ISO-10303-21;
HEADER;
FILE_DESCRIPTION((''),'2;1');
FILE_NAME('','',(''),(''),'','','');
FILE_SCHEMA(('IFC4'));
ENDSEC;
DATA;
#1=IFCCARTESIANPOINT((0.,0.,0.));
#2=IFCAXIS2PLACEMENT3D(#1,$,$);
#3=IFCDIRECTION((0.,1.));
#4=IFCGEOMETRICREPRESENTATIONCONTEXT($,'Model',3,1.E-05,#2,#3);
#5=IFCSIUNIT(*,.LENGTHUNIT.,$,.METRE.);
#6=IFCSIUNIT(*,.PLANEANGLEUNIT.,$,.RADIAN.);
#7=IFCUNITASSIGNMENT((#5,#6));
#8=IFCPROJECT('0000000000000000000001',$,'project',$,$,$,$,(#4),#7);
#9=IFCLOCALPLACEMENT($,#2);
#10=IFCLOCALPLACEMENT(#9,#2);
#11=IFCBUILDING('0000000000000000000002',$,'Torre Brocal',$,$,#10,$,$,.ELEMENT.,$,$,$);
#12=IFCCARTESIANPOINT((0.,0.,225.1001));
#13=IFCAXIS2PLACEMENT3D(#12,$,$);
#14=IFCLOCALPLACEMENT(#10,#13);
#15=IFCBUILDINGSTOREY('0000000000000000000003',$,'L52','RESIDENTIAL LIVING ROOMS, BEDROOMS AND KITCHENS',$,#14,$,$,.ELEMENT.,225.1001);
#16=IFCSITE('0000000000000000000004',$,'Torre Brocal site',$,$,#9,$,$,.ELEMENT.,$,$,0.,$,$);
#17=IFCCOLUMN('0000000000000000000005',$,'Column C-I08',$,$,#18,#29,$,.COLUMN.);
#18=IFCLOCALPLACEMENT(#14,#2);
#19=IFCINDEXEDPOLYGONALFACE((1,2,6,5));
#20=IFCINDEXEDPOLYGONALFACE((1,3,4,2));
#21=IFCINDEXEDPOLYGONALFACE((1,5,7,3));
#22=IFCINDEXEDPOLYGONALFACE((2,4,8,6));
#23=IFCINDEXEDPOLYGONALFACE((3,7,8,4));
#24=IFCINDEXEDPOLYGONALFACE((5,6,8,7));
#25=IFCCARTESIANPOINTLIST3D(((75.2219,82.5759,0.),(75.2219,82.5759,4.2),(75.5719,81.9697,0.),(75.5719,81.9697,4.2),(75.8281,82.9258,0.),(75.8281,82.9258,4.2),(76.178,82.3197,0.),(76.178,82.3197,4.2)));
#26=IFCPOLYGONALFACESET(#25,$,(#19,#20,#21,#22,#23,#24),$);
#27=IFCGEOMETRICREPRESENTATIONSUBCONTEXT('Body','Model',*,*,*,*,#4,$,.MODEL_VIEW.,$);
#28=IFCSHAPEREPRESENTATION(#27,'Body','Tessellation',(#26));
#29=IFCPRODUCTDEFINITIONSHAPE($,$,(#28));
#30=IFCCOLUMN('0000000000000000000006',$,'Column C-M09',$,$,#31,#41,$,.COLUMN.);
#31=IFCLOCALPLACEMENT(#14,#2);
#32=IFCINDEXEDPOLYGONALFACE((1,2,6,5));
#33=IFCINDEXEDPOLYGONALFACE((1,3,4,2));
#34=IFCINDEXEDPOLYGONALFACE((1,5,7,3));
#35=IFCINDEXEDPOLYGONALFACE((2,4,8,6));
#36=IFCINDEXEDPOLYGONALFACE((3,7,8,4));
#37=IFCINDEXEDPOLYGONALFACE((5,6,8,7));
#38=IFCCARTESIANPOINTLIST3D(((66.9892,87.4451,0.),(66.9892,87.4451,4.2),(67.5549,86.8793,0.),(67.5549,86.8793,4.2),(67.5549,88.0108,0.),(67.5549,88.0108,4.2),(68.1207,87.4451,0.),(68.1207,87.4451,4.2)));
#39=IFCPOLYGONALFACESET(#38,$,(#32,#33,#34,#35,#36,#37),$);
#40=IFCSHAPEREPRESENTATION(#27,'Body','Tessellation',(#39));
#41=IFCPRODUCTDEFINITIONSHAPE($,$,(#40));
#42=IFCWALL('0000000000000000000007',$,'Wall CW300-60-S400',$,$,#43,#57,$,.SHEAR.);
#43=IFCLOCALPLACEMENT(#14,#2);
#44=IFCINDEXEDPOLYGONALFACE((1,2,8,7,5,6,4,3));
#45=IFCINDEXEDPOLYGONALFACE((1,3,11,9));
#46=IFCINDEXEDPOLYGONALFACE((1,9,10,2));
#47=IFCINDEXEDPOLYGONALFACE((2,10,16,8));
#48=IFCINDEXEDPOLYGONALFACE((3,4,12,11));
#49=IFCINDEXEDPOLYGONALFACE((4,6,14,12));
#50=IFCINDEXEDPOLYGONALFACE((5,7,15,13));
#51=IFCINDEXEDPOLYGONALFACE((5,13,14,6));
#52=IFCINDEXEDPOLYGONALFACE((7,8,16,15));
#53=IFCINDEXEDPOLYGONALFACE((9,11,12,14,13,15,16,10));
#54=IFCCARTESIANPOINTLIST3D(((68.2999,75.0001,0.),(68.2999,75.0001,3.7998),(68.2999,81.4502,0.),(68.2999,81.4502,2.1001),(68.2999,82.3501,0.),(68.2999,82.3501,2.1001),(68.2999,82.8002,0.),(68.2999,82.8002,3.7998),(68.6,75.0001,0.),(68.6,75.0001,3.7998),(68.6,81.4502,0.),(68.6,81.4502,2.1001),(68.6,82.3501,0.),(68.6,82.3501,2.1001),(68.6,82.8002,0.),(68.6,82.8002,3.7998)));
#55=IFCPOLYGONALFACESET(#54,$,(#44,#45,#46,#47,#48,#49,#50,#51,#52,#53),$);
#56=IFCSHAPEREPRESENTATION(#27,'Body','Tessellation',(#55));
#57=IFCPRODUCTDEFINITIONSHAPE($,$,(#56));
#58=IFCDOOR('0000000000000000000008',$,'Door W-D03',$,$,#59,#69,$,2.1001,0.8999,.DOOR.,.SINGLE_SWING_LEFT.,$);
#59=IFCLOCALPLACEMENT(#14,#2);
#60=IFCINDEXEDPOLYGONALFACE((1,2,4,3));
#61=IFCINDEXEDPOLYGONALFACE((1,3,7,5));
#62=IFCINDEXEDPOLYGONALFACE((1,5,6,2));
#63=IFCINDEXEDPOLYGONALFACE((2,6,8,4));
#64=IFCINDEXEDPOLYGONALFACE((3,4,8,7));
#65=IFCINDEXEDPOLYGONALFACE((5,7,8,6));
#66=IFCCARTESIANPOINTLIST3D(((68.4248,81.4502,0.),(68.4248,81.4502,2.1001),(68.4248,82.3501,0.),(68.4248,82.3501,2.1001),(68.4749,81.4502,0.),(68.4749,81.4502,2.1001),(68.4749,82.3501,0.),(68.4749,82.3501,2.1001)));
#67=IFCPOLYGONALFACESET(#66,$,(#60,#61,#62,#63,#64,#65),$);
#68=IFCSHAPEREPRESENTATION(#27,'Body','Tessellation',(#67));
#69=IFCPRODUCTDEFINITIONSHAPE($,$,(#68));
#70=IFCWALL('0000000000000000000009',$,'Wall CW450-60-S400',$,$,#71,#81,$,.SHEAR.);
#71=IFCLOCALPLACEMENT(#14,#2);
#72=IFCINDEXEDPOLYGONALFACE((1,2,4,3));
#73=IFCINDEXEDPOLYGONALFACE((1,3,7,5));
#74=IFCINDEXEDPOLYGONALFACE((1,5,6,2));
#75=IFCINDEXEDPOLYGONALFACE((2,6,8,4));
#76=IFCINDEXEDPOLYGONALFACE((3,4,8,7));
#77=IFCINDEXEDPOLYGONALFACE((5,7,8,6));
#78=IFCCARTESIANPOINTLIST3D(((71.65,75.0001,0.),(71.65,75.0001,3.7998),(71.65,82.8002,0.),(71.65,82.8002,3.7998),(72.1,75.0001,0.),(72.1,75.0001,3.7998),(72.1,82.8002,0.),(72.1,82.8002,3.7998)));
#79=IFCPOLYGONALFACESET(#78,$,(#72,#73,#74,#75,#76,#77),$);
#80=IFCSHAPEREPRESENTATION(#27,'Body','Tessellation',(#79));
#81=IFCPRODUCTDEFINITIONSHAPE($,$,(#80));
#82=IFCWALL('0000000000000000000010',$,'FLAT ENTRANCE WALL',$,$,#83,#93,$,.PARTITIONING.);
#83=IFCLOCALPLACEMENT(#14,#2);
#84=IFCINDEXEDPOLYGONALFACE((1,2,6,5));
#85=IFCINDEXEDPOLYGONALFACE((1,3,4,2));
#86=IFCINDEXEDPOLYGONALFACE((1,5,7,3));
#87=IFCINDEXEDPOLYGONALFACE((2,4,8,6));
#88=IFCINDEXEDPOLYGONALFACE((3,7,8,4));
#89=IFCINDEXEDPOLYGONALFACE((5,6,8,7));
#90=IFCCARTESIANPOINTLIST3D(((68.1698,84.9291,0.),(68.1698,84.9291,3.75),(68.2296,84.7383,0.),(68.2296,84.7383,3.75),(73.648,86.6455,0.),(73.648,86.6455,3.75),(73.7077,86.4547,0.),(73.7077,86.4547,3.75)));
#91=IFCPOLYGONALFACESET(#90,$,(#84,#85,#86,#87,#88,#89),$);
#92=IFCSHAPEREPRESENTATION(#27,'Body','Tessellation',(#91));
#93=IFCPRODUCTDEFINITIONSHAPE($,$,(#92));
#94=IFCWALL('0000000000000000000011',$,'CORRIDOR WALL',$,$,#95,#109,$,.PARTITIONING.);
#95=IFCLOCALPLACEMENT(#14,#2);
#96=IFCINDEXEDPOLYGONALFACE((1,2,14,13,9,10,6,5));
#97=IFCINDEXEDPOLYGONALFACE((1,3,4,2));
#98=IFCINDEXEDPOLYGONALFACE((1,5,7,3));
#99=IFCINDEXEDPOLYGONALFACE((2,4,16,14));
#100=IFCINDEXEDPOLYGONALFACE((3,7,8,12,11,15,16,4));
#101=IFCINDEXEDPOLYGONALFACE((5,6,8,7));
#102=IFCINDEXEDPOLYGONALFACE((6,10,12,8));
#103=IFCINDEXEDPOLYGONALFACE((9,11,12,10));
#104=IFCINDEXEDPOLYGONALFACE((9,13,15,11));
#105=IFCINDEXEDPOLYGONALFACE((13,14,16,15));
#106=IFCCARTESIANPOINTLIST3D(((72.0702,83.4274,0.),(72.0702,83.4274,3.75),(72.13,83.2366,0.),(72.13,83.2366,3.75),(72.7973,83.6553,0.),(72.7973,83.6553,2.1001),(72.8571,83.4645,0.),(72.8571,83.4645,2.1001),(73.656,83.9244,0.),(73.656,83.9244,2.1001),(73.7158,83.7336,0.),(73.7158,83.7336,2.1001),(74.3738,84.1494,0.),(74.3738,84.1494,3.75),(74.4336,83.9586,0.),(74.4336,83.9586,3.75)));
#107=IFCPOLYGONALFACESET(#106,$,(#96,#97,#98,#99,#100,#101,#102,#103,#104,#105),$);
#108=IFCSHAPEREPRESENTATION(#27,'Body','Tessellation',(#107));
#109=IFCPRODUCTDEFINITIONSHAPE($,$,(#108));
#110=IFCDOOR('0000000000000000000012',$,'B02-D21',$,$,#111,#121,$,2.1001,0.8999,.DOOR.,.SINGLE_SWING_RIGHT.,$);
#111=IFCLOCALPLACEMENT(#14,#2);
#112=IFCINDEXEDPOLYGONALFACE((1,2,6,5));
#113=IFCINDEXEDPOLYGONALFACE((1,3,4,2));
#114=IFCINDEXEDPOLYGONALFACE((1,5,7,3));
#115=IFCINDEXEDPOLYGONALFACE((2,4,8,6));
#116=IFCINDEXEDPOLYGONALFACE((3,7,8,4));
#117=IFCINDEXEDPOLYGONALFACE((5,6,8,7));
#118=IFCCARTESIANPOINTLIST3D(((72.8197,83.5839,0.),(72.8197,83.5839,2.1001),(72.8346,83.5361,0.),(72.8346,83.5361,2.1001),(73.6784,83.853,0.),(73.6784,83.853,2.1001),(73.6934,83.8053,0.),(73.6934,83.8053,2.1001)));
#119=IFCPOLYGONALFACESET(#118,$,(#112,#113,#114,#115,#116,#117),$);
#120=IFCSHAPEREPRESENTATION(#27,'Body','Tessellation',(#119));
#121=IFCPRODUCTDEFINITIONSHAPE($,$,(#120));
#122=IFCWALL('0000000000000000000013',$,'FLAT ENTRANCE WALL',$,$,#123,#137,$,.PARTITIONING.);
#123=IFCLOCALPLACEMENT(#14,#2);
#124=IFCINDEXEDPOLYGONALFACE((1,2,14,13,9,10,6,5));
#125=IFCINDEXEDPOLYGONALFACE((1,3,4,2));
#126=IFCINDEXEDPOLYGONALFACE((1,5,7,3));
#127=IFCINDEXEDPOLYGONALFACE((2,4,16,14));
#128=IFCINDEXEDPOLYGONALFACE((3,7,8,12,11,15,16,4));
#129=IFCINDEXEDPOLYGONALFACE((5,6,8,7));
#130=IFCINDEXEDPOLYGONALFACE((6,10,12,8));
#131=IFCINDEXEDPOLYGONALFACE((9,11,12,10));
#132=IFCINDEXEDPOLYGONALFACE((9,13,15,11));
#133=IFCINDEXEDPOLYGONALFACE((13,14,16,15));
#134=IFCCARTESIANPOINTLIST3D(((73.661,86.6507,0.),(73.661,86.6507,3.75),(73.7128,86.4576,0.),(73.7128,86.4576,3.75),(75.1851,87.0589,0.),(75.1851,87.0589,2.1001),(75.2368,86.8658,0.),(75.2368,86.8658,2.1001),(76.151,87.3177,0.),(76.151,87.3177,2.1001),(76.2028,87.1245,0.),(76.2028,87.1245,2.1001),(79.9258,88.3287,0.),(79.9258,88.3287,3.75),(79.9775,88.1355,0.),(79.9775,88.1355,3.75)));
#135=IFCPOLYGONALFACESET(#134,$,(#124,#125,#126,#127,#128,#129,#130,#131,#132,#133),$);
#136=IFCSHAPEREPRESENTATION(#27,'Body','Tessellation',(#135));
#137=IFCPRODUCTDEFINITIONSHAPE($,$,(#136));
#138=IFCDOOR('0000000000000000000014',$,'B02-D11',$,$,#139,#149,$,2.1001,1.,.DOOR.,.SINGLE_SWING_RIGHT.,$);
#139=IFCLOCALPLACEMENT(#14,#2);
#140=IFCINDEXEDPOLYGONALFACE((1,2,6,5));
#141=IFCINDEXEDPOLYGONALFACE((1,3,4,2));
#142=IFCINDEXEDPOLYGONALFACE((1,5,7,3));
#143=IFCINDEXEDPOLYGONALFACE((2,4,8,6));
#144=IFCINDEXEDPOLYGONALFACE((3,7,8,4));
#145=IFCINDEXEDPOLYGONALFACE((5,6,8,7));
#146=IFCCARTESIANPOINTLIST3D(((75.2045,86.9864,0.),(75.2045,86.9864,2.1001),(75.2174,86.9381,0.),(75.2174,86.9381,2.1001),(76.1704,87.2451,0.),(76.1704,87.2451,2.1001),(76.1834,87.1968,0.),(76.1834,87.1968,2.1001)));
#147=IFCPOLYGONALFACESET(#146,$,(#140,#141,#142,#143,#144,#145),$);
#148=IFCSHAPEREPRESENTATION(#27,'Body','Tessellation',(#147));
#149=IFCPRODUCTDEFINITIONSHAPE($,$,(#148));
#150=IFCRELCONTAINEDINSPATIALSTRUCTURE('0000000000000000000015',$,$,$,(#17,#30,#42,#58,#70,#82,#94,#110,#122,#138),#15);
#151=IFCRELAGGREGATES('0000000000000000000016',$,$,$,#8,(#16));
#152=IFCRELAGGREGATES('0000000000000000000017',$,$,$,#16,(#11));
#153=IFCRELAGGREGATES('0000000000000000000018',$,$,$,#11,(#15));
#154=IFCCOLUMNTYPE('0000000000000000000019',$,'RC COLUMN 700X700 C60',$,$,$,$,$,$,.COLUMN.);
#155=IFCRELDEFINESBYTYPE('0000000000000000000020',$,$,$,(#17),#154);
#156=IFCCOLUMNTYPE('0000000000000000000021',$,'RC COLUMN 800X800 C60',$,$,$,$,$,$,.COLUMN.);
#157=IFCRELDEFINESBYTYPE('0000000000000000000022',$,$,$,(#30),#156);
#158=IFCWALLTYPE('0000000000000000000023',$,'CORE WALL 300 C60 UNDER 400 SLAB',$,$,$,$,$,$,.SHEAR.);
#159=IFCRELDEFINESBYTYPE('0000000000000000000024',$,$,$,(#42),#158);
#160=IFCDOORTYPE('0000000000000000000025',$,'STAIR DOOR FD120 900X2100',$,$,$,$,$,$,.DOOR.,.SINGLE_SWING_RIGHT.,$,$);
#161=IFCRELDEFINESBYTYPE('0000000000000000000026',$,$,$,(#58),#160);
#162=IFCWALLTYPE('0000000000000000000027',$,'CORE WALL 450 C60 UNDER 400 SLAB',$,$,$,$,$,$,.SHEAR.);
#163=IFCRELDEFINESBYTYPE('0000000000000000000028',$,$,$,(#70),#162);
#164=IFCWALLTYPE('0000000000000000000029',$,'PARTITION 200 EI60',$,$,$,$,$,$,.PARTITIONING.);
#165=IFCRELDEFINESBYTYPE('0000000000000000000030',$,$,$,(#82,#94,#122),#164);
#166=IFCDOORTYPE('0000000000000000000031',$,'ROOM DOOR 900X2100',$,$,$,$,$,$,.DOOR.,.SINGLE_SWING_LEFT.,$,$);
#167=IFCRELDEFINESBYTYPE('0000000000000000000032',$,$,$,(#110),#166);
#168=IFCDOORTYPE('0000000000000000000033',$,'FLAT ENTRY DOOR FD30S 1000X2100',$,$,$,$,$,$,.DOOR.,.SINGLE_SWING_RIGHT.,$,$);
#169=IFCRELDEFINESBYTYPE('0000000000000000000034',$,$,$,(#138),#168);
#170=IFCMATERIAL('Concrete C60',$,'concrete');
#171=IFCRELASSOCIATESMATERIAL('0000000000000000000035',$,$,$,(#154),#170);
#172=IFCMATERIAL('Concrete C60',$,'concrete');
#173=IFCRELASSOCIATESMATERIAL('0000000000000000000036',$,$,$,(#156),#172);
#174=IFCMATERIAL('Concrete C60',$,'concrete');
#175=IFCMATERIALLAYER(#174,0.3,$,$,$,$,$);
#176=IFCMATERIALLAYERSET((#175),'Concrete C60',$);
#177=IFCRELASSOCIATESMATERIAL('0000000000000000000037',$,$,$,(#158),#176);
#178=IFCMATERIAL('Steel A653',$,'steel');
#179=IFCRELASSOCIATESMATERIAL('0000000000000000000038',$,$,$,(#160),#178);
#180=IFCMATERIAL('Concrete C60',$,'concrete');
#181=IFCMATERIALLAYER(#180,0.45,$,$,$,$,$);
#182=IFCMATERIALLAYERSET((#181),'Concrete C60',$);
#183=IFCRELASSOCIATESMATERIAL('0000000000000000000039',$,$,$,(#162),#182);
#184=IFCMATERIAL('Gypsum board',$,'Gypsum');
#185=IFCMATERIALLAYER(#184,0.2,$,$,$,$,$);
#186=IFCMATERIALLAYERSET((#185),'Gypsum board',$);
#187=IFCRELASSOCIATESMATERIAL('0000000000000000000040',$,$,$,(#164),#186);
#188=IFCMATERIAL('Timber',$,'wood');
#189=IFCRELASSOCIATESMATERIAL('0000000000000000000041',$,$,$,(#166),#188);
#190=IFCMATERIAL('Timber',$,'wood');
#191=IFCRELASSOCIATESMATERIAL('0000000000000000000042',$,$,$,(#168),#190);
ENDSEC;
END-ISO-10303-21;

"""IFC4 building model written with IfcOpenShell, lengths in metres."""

from ifc_helpers import new_model, si_unit, direction, frame, frame_2d, origin, origin_2d, place, context, subcontext, project, spatial, rectangle, extrude, material, layer, layer_set, material_profile, profile_set, type_object, element, fill, save


model = new_model("IFC4")

# Units and contexts
model_context = context("Model", 3, precision=1e-05, world=origin(), true_north=direction((0.0, 1.0)))
body_context = subcontext(model_context, "Body", "Model", "MODEL_VIEW")
ifc_project = project(units=[si_unit("LENGTHUNIT", "METRE"), si_unit("PLANEANGLEUNIT", "RADIAN")], contexts=[model_context])

# Site, building, storey
site_placement = place(None, origin())
site = spatial("IfcSite", under=ifc_project, at=site_placement, Name="Torre Brocal site", CompositionType="ELEMENT", RefElevation=0.0)
building_placement = place(site_placement, origin())
building = spatial("IfcBuilding", under=site, at=building_placement, Name="Torre Brocal", CompositionType="ELEMENT")
storey_placement = place(building_placement, frame((0.0, 0.0, 225.1001)))
storey = spatial("IfcBuildingStorey", under=building, at=storey_placement, Name="L52", Description="RESIDENTIAL LIVING ROOMS, BEDROOMS AND KITCHENS", CompositionType="ELEMENT", Elevation=225.1001)

# Columns
ifc_material_1 = material(Name="Concrete C60", Category="concrete")
ifc_material_profile_1 = material_profile(ifc_material_1, rectangle(XDim=0.7, YDim=0.7, at=origin_2d()), Name="RC 700X700")
ifc_profile_set_1 = profile_set([ifc_material_profile_1], Name="Concrete C60")
column_type_1 = type_object("IfcColumnType", Name="RC COLUMN 700X700 C60", PredefinedType="COLUMN", material=ifc_profile_set_1)
column_1_placement = place(storey_placement, frame((75.7, 82.4478, 0.0), z_axis=(0.0, 0.0, 1.0), x_axis=(-0.5, 0.866025, 0.0)))
element("IfcColumn", 1, at=column_1_placement, inside=storey, type_object=column_type_1, Name="Column C-I08", PredefinedType="COLUMN", context=body_context, shape_type="SweptSolid", body=[
    extrude(rectangle(XDim=0.7, YDim=0.7, at=origin_2d()), origin(), (0.0, 0.0, 1.0), 4.2),
])
ifc_material_2 = material(Name="Concrete C60", Category="concrete")
ifc_material_profile_2 = material_profile(ifc_material_2, rectangle(XDim=0.8, YDim=0.8, at=origin_2d()), Name="RC 800X800")
ifc_profile_set_2 = profile_set([ifc_material_profile_2], Name="Concrete C60")
column_type_2 = type_object("IfcColumnType", Name="RC COLUMN 800X800 C60", PredefinedType="COLUMN", material=ifc_profile_set_2)
column_2_placement = place(storey_placement, frame((67.5549, 87.4451, 0.0), z_axis=(0.0, 0.0, 1.0), x_axis=(-0.707107, 0.707107, 0.0)))
element("IfcColumn", 2, at=column_2_placement, inside=storey, type_object=column_type_2, Name="Column C-M09", PredefinedType="COLUMN", context=body_context, shape_type="SweptSolid", body=[
    extrude(rectangle(XDim=0.8, YDim=0.8, at=origin_2d()), origin(), (0.0, 0.0, 1.0), 4.2),
])

# Wall, opening, door
ifc_material_3 = material(Name="Concrete C60", Category="concrete")
ifc_layer_1 = layer(ifc_material_3, 0.3)
ifc_layer_set_1 = layer_set([ifc_layer_1], Name="Concrete C60")
wall_type_1 = type_object("IfcWallType", Name="CORE WALL 300 C60 UNDER 400 SLAB", PredefinedType="SHEAR", material=ifc_layer_set_1)
wall_1_placement = place(storey_placement, frame((68.45, 82.8, 0.0), z_axis=(0.0, 0.0, 1.0), x_axis=(0.0, -1.0, 0.0)))
wall_1 = element("IfcWall", 3, at=wall_1_placement, inside=storey, type_object=wall_type_1, Name="Wall CW300-60-S400", PredefinedType="SHEAR", context=body_context, shape_type="SweptSolid", body=[
    extrude(rectangle(XDim=7.8, YDim=0.3, at=frame_2d((3.8999, 0.0))), origin(), (0.0, 0.0, 1.0), 3.7998),
])
opening_1_placement = place(wall_1_placement, frame((0.45, 0.0, 0.0)))
opening_1 = element("IfcOpeningElement", 4, at=opening_1_placement, cuts=wall_1, PredefinedType="OPENING", context=body_context, shape_type="SweptSolid", body=[
    extrude(rectangle(XDim=0.8999, YDim=2.1001, at=frame_2d((0.45, 1.05))), frame((0.0, 0.1599, 0.0), z_axis=(0.0, -1.0, 0.0), x_axis=(1.0, 0.0, 0.0)), (0.0, 0.0, 1.0), 0.3201),
])
ifc_material_4 = material(Name="Steel A653", Category="steel")
door_type_1 = type_object("IfcDoorType", Name="STAIR DOOR FD120 900X2100", OperationType="SINGLE_SWING_RIGHT", PredefinedType="DOOR", material=ifc_material_4)
door_1_placement = place(opening_1_placement, origin())
door_1 = element("IfcDoor", 5, at=door_1_placement, inside=storey, type_object=door_type_1, Name="Door W-D03", OperationType="SINGLE_SWING_LEFT", OverallHeight=2.1001, OverallWidth=0.8999, PredefinedType="DOOR", context=body_context, shape_type="SweptSolid", body=[
    extrude(rectangle(XDim=0.8999, YDim=2.1001, at=frame_2d((0.45, 1.05))), frame((0.0, 0.0249, 0.0), z_axis=(0.0, -1.0, 0.0), x_axis=(1.0, 0.0, 0.0)), (0.0, 0.0, 1.0), 0.05),
])
fill(opening_1, door_1)

# Wall
ifc_material_5 = material(Name="Concrete C60", Category="concrete")
ifc_layer_2 = layer(ifc_material_5, 0.45)
ifc_layer_set_2 = layer_set([ifc_layer_2], Name="Concrete C60")
wall_type_2 = type_object("IfcWallType", Name="CORE WALL 450 C60 UNDER 400 SLAB", PredefinedType="SHEAR", material=ifc_layer_set_2)
wall_2_placement = place(storey_placement, frame((71.875, 82.8, 0.0), z_axis=(0.0, 0.0, 1.0), x_axis=(0.0, -1.0, 0.0)))
element("IfcWall", 6, at=wall_2_placement, inside=storey, type_object=wall_type_2, Name="Wall CW450-60-S400", PredefinedType="SHEAR", context=body_context, shape_type="SweptSolid", body=[
    extrude(rectangle(XDim=7.8, YDim=0.45, at=frame_2d((3.8999, 0.0))), origin(), (0.0, 0.0, 1.0), 3.7998),
])

# Wall
ifc_material_6 = material(Name="Gypsum board", Category="Gypsum")
ifc_layer_3 = layer(ifc_material_6, 0.2)
ifc_layer_set_3 = layer_set([ifc_layer_3], Name="Gypsum board")
wall_type_3 = type_object("IfcWallType", Name="PARTITION 200 EI60", PredefinedType="PARTITIONING", material=ifc_layer_set_3)
wall_3_placement = place(storey_placement, frame((68.1997, 84.8337, 0.0), z_axis=(0.0, 0.0, 1.0), x_axis=(0.95426, 0.298977, 0.0)))
element("IfcWall", 7, at=wall_3_placement, inside=storey, type_object=wall_type_3, Name="FLAT ENTRANCE WALL", PredefinedType="PARTITIONING", context=body_context, shape_type="SweptSolid", body=[
    extrude(rectangle(XDim=5.7407, YDim=0.2, at=frame_2d((2.8704, 0.0))), origin(), (0.0, 0.0, 1.0), 3.75),
])

# Walls, openings, doors
wall_4_placement = place(storey_placement, frame((72.1001, 83.332, 0.0), z_axis=(0.0, 0.0, 1.0), x_axis=(0.954233, 0.299064, 0.0)))
wall_4 = element("IfcWall", 8, at=wall_4_placement, inside=storey, type_object=wall_type_3, Name="CORRIDOR WALL", PredefinedType="PARTITIONING", context=body_context, shape_type="SweptSolid", body=[
    extrude(rectangle(XDim=2.4141, YDim=0.2, at=frame_2d((1.207, 0.0))), origin(), (0.0, 0.0, 1.0), 3.75),
])
opening_2_placement = place(wall_4_placement, frame((0.762, 0.0, 0.0)))
opening_2 = element("IfcOpeningElement", 9, at=opening_2_placement, cuts=wall_4, PredefinedType="OPENING", context=body_context, shape_type="SweptSolid", body=[
    extrude(rectangle(XDim=0.8999, YDim=2.1001, at=frame_2d((0.45, 1.05))), frame((0.0, 0.1099, 0.0), z_axis=(0.0, -1.0, 0.0), x_axis=(1.0, 0.0, 0.0)), (0.0, 0.0, 1.0), 0.22),
])
ifc_material_7 = material(Name="Timber", Category="wood")
door_type_2 = type_object("IfcDoorType", Name="ROOM DOOR 900X2100", OperationType="SINGLE_SWING_LEFT", PredefinedType="DOOR", material=ifc_material_7)
door_2_placement = place(opening_2_placement, frame((0.8999, 0.0, 0.0), z_axis=(0.0, 0.0, 1.0), x_axis=(-1.0, 0.0, 0.0)))
door_2 = element("IfcDoor", 10, at=door_2_placement, inside=storey, type_object=door_type_2, Name="B02-D21", OperationType="SINGLE_SWING_RIGHT", OverallHeight=2.1001, OverallWidth=0.8999, PredefinedType="DOOR", context=body_context, shape_type="SweptSolid", body=[
    extrude(rectangle(XDim=0.8999, YDim=2.1001, at=frame_2d((0.45, 1.05))), frame((0.0, 0.0249, 0.0), z_axis=(0.0, -1.0, 0.0), x_axis=(1.0, 0.0, 0.0)), (0.0, 0.0, 1.0), 0.05),
])
fill(opening_2, door_2)
wall_5_placement = place(storey_placement, frame((73.687, 86.5542, 0.0), z_axis=(0.0, 0.0, 1.0), x_axis=(0.965953, 0.258719, 0.0)))
wall_5 = element("IfcWall", 11, at=wall_5_placement, inside=storey, type_object=wall_type_3, Name="FLAT ENTRANCE WALL", PredefinedType="PARTITIONING", context=body_context, shape_type="SweptSolid", body=[
    extrude(rectangle(XDim=6.4856, YDim=0.2, at=frame_2d((3.2427, 0.0))), origin(), (0.0, 0.0, 1.0), 3.75),
])
opening_3_placement = place(wall_5_placement, frame((1.5776, 0.0, 0.0)))
opening_3 = element("IfcOpeningElement", 12, at=opening_3_placement, cuts=wall_5, PredefinedType="OPENING", context=body_context, shape_type="SweptSolid", body=[
    extrude(rectangle(XDim=1.0, YDim=2.1001, at=frame_2d((0.5, 1.05))), frame((0.0, 0.1099, 0.0), z_axis=(0.0, -1.0, 0.0), x_axis=(1.0, 0.0, 0.0)), (0.0, 0.0, 1.0), 0.22),
])
ifc_material_8 = material(Name="Timber", Category="wood")
door_type_3 = type_object("IfcDoorType", Name="FLAT ENTRY DOOR FD30S 1000X2100", OperationType="SINGLE_SWING_RIGHT", PredefinedType="DOOR", material=ifc_material_8)
door_3_placement = place(opening_3_placement, origin())
door_3 = element("IfcDoor", 13, at=door_3_placement, inside=storey, type_object=door_type_3, Name="B02-D11", OperationType="SINGLE_SWING_RIGHT", OverallHeight=2.1001, OverallWidth=1.0, PredefinedType="DOOR", context=body_context, shape_type="SweptSolid", body=[
    extrude(rectangle(XDim=1.0, YDim=2.1001, at=frame_2d((0.5, 1.05))), frame((0.0, 0.0249, 0.0), z_axis=(0.0, -1.0, 0.0), x_axis=(1.0, 0.0, 0.0)), (0.0, 0.0, 1.0), 0.05),
])
fill(opening_3, door_3)

save(model, "model.ifc")
